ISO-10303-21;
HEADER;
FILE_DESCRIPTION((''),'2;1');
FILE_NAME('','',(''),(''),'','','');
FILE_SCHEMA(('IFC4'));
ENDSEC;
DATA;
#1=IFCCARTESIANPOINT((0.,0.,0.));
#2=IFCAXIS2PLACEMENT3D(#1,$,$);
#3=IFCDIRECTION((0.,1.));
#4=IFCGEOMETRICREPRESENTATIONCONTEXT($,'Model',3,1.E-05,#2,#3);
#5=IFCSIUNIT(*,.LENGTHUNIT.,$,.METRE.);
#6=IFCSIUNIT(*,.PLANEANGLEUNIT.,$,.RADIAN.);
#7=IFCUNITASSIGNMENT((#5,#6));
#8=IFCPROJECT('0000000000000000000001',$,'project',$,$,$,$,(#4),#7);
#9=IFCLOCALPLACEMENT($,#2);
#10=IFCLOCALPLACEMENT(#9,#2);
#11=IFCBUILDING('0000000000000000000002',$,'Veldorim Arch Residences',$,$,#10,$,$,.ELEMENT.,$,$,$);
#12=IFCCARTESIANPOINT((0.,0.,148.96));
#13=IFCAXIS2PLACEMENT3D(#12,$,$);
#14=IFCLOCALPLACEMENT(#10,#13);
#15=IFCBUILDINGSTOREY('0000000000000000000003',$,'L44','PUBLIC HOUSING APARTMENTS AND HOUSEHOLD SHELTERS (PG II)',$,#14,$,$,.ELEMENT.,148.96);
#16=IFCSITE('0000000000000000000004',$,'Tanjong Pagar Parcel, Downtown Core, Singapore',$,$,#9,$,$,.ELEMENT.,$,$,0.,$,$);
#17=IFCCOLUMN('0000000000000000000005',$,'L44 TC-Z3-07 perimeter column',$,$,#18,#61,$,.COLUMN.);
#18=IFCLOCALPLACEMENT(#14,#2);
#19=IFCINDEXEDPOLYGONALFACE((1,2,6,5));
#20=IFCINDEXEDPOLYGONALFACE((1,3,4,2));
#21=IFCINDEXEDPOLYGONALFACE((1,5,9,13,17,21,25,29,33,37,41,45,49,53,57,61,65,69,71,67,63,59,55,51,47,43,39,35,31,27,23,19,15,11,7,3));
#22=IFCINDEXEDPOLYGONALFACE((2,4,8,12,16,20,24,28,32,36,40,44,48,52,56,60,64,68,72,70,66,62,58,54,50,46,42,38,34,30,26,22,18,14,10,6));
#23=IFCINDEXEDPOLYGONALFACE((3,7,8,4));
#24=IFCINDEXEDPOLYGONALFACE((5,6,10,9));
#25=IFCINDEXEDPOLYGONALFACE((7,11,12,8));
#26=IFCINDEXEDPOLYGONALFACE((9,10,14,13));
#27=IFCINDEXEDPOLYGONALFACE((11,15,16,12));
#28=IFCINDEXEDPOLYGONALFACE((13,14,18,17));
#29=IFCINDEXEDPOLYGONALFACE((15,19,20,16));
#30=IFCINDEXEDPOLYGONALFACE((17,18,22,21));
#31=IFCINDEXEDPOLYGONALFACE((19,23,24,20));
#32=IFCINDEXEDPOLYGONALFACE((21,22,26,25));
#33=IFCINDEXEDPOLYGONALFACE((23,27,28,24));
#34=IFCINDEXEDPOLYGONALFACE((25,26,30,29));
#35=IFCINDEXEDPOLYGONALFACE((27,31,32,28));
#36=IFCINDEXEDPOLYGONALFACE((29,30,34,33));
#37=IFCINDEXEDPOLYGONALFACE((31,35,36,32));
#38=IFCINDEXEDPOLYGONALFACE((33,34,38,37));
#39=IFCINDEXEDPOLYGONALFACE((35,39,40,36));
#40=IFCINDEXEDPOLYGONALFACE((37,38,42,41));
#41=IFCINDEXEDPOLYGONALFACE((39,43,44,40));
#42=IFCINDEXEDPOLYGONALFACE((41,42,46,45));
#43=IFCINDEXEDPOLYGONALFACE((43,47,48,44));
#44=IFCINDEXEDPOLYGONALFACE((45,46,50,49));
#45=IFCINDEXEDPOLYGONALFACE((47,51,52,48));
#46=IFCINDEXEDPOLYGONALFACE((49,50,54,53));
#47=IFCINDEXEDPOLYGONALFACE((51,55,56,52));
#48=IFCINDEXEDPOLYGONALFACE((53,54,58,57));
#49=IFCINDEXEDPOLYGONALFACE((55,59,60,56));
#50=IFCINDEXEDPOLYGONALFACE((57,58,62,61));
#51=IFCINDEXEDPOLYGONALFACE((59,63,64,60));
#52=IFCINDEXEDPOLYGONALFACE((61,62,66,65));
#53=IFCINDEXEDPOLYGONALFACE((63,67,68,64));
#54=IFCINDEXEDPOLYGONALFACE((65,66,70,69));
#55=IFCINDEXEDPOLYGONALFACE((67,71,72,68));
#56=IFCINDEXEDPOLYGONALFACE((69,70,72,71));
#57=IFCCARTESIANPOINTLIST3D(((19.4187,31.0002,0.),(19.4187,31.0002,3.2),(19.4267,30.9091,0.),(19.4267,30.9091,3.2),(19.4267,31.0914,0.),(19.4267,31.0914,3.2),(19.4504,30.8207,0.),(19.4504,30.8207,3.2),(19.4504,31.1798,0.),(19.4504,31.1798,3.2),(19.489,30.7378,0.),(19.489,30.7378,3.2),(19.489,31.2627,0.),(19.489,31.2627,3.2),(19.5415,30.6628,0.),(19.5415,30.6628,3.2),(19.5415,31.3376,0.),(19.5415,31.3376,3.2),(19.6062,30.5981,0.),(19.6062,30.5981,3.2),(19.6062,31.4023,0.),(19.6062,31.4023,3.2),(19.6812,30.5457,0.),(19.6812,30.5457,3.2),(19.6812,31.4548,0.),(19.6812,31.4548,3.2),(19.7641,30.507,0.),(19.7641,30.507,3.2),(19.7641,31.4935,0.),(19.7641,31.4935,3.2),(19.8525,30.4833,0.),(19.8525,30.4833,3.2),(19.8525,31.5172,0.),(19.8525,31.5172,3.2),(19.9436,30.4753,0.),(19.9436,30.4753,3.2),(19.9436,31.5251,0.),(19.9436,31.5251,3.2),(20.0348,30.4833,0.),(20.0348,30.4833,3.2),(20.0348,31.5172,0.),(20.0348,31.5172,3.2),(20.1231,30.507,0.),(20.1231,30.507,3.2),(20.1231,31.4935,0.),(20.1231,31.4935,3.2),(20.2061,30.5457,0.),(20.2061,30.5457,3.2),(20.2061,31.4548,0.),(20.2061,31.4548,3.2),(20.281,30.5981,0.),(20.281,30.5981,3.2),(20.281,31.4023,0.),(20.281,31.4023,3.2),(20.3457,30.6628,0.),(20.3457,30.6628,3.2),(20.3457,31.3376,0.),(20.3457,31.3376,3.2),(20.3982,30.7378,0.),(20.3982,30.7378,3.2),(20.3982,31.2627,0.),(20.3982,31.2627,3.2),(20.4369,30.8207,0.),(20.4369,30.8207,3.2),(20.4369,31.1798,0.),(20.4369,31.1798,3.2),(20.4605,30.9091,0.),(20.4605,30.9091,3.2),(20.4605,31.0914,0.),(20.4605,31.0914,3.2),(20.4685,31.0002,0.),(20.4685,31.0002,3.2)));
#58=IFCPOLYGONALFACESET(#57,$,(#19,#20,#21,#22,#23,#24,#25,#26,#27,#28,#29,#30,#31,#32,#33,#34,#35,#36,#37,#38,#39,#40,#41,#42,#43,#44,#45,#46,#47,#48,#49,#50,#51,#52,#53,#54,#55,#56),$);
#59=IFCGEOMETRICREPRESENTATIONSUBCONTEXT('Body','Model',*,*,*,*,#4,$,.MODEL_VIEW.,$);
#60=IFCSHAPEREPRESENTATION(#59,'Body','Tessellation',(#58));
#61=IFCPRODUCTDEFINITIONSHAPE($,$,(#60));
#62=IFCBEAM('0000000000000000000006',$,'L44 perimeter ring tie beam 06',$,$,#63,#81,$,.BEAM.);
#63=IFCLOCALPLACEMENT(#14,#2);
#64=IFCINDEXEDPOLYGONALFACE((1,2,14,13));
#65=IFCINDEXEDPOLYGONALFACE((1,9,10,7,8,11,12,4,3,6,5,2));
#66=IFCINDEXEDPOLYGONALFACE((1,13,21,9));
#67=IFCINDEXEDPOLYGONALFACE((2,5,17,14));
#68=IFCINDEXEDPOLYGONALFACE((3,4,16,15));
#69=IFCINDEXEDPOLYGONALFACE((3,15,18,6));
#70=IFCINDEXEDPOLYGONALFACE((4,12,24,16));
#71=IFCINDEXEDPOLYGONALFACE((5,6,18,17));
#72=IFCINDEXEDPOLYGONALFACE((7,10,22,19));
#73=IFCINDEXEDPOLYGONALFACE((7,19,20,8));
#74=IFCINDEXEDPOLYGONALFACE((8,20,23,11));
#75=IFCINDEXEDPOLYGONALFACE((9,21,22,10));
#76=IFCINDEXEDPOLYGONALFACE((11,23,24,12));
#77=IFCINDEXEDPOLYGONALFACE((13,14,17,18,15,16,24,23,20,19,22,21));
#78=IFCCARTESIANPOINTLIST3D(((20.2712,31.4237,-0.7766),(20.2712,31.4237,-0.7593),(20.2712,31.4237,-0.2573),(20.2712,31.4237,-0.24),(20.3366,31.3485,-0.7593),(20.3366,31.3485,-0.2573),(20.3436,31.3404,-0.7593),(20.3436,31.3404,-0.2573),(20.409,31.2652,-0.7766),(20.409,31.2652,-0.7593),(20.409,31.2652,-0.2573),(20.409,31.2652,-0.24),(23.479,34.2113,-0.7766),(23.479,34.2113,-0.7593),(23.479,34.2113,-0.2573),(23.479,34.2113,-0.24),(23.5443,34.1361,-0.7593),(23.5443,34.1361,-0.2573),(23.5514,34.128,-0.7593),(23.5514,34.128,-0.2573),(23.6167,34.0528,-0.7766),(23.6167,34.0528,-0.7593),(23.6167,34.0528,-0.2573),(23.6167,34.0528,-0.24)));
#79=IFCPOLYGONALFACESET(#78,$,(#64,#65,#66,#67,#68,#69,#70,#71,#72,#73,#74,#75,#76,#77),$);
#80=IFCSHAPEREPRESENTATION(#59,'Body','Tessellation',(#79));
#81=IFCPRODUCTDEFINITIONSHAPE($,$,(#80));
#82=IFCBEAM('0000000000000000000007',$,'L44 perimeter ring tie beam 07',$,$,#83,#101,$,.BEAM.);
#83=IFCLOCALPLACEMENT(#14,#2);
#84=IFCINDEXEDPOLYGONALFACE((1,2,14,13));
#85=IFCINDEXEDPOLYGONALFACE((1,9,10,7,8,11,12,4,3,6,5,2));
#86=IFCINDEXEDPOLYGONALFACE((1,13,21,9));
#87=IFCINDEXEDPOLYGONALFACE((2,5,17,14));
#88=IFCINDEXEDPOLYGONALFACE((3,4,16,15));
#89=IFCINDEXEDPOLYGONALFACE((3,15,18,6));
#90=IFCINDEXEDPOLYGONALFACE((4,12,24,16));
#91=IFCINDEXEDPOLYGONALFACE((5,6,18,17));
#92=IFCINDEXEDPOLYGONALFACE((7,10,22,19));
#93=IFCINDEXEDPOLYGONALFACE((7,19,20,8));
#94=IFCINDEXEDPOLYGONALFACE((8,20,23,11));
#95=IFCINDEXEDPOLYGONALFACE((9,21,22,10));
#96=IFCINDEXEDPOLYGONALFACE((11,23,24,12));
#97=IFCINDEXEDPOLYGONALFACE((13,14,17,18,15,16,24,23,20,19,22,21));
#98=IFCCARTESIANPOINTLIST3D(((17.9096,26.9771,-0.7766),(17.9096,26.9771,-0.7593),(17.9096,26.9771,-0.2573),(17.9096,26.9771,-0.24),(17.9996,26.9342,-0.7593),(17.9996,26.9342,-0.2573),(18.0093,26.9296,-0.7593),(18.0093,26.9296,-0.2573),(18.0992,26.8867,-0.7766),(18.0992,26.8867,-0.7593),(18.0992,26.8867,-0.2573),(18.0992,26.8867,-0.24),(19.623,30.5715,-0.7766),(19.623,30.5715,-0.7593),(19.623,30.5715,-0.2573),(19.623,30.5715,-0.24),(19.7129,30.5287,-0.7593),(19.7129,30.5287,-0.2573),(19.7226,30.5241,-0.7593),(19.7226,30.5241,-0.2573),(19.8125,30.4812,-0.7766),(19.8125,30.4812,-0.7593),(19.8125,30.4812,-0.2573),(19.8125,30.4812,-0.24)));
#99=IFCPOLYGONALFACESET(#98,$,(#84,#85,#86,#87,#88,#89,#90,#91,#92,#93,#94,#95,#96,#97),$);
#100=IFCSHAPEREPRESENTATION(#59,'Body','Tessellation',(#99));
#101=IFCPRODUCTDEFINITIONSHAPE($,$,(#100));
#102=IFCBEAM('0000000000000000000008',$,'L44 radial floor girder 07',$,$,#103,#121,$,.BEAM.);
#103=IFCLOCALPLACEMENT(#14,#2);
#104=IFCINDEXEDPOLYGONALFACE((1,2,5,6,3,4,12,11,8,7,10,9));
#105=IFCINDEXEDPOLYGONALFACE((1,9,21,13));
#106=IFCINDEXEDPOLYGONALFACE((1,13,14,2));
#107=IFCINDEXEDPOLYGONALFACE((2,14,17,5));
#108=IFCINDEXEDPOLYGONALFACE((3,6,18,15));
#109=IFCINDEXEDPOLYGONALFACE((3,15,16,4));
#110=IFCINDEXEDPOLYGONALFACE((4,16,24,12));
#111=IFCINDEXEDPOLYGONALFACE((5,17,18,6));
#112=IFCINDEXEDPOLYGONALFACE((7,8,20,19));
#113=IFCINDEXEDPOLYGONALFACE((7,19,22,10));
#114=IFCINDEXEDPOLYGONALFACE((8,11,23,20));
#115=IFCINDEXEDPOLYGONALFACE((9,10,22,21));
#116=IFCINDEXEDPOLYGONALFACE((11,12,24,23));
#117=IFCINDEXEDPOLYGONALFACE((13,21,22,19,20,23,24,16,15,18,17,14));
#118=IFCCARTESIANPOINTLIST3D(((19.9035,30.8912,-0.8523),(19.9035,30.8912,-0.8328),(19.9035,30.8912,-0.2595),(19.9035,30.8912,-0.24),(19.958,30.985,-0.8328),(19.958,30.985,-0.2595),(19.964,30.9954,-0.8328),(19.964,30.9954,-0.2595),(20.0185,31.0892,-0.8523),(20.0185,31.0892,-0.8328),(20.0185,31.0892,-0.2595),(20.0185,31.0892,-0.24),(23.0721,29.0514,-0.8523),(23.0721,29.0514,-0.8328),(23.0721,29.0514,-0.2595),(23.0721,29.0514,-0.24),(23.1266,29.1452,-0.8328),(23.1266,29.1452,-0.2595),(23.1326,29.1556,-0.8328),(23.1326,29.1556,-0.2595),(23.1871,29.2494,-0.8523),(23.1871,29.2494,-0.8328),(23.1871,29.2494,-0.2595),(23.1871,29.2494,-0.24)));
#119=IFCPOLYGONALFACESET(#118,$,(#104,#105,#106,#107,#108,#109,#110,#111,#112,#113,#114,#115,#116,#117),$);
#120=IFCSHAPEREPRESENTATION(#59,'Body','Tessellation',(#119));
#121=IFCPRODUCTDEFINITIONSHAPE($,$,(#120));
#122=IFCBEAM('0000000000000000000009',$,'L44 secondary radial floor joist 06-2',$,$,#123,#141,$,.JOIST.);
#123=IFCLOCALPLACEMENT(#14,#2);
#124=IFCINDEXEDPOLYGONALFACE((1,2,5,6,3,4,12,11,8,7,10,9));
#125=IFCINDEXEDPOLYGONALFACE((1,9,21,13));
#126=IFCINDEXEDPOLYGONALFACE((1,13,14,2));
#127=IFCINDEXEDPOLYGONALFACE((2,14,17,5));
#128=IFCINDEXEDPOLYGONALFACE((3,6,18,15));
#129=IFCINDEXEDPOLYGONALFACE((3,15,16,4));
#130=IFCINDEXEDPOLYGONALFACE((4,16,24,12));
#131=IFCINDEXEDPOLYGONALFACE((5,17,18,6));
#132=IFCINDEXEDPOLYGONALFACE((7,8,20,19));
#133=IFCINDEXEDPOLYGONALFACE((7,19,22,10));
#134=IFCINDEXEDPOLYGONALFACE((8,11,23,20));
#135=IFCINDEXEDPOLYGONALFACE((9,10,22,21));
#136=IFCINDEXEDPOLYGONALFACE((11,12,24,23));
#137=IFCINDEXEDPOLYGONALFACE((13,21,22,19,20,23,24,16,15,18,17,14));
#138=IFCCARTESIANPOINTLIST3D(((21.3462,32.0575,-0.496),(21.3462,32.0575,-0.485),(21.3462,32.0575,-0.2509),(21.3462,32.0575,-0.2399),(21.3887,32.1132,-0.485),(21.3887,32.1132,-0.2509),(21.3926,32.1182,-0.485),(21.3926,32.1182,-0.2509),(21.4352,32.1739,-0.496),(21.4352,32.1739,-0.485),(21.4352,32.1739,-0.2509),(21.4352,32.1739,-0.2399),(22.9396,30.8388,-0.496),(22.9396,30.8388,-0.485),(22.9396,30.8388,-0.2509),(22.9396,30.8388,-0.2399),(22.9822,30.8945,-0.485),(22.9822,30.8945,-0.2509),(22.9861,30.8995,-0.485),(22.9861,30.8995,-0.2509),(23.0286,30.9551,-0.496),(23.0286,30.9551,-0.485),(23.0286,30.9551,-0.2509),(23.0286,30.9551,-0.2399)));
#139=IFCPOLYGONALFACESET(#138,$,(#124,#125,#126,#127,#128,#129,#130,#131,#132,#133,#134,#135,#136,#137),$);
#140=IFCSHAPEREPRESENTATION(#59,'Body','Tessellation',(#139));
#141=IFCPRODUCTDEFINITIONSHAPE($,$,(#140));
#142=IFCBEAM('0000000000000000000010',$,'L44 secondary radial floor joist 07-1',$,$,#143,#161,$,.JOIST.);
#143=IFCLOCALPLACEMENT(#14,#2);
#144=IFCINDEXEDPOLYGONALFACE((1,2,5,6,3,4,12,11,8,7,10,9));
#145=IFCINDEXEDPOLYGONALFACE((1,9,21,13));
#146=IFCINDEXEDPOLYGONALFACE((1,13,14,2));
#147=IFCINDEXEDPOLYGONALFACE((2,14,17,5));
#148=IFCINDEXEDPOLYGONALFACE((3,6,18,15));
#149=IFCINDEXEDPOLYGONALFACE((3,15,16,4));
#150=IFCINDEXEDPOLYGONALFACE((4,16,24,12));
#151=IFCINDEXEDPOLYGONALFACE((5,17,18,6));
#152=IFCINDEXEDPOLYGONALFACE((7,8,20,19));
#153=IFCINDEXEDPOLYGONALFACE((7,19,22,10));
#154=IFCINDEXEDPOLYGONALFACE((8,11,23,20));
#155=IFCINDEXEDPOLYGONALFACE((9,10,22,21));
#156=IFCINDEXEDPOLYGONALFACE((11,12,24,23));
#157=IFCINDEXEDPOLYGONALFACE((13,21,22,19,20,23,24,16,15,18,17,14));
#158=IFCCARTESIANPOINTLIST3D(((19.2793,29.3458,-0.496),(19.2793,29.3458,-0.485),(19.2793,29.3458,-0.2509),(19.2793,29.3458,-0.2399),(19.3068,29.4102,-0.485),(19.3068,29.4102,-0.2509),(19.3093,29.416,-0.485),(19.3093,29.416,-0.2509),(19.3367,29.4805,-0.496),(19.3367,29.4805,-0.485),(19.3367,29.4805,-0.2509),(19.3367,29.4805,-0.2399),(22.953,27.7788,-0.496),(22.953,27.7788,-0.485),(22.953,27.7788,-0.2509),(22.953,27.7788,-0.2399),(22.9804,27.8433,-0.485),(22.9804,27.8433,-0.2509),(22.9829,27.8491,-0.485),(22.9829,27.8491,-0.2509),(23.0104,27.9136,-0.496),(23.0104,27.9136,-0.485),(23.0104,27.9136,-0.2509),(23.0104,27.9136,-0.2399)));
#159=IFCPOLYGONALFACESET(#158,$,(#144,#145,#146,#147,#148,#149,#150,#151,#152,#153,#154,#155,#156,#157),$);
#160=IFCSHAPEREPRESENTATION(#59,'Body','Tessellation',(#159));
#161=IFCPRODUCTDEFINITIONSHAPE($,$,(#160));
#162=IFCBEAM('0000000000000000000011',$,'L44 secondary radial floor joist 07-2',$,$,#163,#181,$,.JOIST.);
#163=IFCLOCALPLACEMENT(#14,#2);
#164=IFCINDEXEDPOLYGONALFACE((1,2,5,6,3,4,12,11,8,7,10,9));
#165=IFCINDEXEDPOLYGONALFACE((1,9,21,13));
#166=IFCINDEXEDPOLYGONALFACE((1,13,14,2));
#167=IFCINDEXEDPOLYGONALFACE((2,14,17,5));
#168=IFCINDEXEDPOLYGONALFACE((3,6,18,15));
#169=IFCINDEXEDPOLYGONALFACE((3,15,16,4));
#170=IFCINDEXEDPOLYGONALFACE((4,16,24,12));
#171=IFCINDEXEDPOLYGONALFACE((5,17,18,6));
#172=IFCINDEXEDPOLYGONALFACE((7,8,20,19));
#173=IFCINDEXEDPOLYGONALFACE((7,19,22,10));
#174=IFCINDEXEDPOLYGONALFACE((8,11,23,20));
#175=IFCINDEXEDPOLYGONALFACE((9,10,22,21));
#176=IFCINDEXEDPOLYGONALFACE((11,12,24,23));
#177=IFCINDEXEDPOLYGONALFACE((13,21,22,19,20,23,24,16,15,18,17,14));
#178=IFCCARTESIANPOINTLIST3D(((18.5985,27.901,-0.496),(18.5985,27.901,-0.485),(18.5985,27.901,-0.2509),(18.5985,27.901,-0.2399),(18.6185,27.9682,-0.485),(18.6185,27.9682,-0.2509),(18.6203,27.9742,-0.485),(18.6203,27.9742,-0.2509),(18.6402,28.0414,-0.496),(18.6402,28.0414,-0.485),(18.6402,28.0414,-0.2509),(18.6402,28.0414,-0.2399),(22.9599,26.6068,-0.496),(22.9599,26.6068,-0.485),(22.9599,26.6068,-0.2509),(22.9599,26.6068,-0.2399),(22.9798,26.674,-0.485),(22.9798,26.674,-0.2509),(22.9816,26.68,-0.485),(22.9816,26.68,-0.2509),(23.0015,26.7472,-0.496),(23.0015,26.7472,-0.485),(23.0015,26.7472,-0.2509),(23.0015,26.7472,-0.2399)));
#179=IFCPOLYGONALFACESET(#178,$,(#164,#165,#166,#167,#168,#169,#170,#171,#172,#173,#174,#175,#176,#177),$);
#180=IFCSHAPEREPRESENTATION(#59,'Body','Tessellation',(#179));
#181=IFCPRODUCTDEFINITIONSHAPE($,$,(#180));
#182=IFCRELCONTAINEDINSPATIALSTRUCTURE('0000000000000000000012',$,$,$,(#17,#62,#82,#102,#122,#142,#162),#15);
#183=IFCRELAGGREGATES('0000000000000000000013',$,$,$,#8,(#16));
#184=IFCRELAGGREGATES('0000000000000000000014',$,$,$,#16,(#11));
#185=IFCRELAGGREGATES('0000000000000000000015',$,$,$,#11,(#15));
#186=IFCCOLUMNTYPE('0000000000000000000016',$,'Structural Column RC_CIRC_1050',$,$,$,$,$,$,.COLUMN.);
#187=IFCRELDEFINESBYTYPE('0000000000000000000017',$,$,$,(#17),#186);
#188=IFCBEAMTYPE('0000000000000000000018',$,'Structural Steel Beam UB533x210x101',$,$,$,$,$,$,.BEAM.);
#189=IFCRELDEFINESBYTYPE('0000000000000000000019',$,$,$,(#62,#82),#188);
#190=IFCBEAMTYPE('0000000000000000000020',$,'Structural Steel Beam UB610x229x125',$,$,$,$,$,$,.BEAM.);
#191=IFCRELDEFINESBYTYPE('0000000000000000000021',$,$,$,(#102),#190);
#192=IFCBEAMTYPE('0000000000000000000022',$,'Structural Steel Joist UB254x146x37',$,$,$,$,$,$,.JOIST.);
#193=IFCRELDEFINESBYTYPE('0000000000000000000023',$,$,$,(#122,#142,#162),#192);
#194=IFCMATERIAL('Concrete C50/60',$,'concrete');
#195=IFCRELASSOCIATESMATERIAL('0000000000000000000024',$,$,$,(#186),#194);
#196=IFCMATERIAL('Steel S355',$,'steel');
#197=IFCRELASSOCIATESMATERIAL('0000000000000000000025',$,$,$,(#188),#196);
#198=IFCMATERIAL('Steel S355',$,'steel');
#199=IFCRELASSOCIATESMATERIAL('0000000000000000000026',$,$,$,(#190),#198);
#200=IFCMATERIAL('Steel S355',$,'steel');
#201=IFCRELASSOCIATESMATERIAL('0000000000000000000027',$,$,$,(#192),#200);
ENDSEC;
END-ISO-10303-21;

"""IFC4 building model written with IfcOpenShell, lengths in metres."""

from ifc_helpers import new_model, si_unit, direction, frame, origin, origin_2d, place, context, subcontext, project, spatial, circle, i_section, extrude, material, material_profile, profile_set, type_object, element, save


model = new_model("IFC4")

# Units and contexts
model_context = context("Model", 3, precision=1e-05, world=origin(), true_north=direction((0.0, 1.0)))
body_context = subcontext(model_context, "Body", "Model", "MODEL_VIEW")
ifc_project = project(units=[si_unit("LENGTHUNIT", "METRE"), si_unit("PLANEANGLEUNIT", "RADIAN")], contexts=[model_context])

# Site, building, storey
site_placement = place(None, origin())
site = spatial("IfcSite", under=ifc_project, at=site_placement, Name="Tanjong Pagar Parcel, Downtown Core, Singapore", CompositionType="ELEMENT", RefElevation=0.0)
building_placement = place(site_placement, origin())
building = spatial("IfcBuilding", under=site, at=building_placement, Name="Veldorim Arch Residences", CompositionType="ELEMENT")
storey_placement = place(building_placement, frame((0.0, 0.0, 148.96)))
storey = spatial("IfcBuildingStorey", under=building, at=storey_placement, Name="L44", Description="PUBLIC HOUSING APARTMENTS AND HOUSEHOLD SHELTERS (PG II)", CompositionType="ELEMENT", Elevation=148.96)

# Column
ifc_material_1 = material(Name="Concrete C50/60", Category="concrete")
ifc_material_profile_1 = material_profile(ifc_material_1, circle(Radius=0.5249, at=origin_2d()), Name="RC_CIRC_1050")
ifc_profile_set_1 = profile_set([ifc_material_profile_1], Name="Concrete C50/60")
column_type = type_object("IfcColumnType", Name="Structural Column RC_CIRC_1050", PredefinedType="COLUMN", material=ifc_profile_set_1)
column_placement = place(storey_placement, frame((19.9436, 31.0002, 0.0), z_axis=(0.0, 0.0, 1.0), x_axis=(1.0, 0.0, 0.0)))
element("IfcColumn", 1, at=column_placement, inside=storey, type_object=column_type, Name="L44 TC-Z3-07 perimeter column", PredefinedType="COLUMN", context=body_context, shape_type="SweptSolid", body=[
    extrude(circle(Radius=0.5249, at=origin_2d()), origin(), (0.0, 0.0, 1.0), 3.2),
])

# Beams
ifc_material_2 = material(Name="Steel S355", Category="steel")
ifc_material_profile_2 = material_profile(ifc_material_2, i_section(OverallWidth=0.21, OverallDepth=0.5366, WebThickness=0.0107, FlangeThickness=0.0173, at=origin_2d()), Name="UB533x210x101")
ifc_profile_set_2 = profile_set([ifc_material_profile_2], Name="Steel S355")
beam_type_1 = type_object("IfcBeamType", Name="Structural Steel Beam UB533x210x101", PredefinedType="BEAM", material=ifc_profile_set_2)
beam_1_placement = place(storey_placement, frame((23.5479, 34.1321, -0.5083), z_axis=(-0.754811, -0.655943, 0.0), x_axis=(0.655943, -0.754811, 0.0)))
element("IfcBeam", 2, at=beam_1_placement, inside=storey, type_object=beam_type_1, Name="L44 perimeter ring tie beam 06", PredefinedType="BEAM", context=body_context, shape_type="SweptSolid", body=[
    extrude(i_section(OverallWidth=0.21, OverallDepth=0.5366, WebThickness=0.0107, FlangeThickness=0.0173, at=origin_2d()), origin(), (0.0, 0.0, 1.0), 4.2498),
])
beam_2_placement = place(storey_placement, frame((19.7178, 30.5264, -0.5083), z_axis=(-0.430286, -0.902693, 0.0), x_axis=(0.902693, -0.430286, 0.0)))
element("IfcBeam", 3, at=beam_2_placement, inside=storey, type_object=beam_type_1, Name="L44 perimeter ring tie beam 07", PredefinedType="BEAM", context=body_context, shape_type="SweptSolid", body=[
    extrude(i_section(OverallWidth=0.21, OverallDepth=0.5366, WebThickness=0.0107, FlangeThickness=0.0173, at=origin_2d()), origin(), (0.0, 0.0, 1.0), 3.9819),
])
ifc_material_3 = material(Name="Steel S355", Category="steel")
ifc_material_profile_3 = material_profile(ifc_material_3, i_section(OverallWidth=0.229, OverallDepth=0.6123, WebThickness=0.012, FlangeThickness=0.0195, at=origin_2d()), Name="UB610x229x125")
ifc_profile_set_3 = profile_set([ifc_material_profile_3], Name="Steel S355")
beam_type_2 = type_object("IfcBeamType", Name="Structural Steel Beam UB610x229x125", PredefinedType="BEAM", material=ifc_profile_set_3)
beam_3_placement = place(storey_placement, frame((23.1296, 29.1504, -0.5461), z_axis=(-0.864795, 0.502126, 0.0), x_axis=(-0.502126, -0.864795, 0.0)))
element("IfcBeam", 4, at=beam_3_placement, inside=storey, type_object=beam_type_2, Name="L44 radial floor girder 07", PredefinedType="BEAM", context=body_context, shape_type="SweptSolid", body=[
    extrude(i_section(OverallWidth=0.229, OverallDepth=0.6123, WebThickness=0.012, FlangeThickness=0.0195, at=origin_2d()), origin(), (0.0, 0.0, 1.0), 3.6641),
])
ifc_material_4 = material(Name="Steel S355", Category="steel")
ifc_material_profile_4 = material_profile(ifc_material_4, i_section(OverallWidth=0.1465, OverallDepth=0.2561, WebThickness=0.0063, FlangeThickness=0.011, at=origin_2d()), Name="UB254x146x37")
ifc_profile_set_4 = profile_set([ifc_material_profile_4], Name="Steel S355")
beam_type_3 = type_object("IfcBeamType", Name="Structural Steel Joist UB254x146x37", PredefinedType="JOIST", material=ifc_profile_set_4)
beam_4_placement = place(storey_placement, frame((22.9841, 30.897, -0.3679), z_axis=(-0.794313, 0.607509, 0.0), x_axis=(-0.607509, -0.794313, 0.0)))
element("IfcBeam", 5, at=beam_4_placement, inside=storey, type_object=beam_type_3, Name="L44 secondary radial floor joist 06-2", PredefinedType="JOIST", context=body_context, shape_type="SweptSolid", body=[
    extrude(i_section(OverallWidth=0.1465, OverallDepth=0.2561, WebThickness=0.0063, FlangeThickness=0.011, at=origin_2d()), origin(), (0.0, 0.0, 1.0), 2.0061),
])
beam_5_placement = place(storey_placement, frame((22.9817, 27.8462, -0.3679), z_axis=(-0.919823, 0.392332, 0.0), x_axis=(-0.392332, -0.919823, 0.0)))
element("IfcBeam", 6, at=beam_5_placement, inside=storey, type_object=beam_type_3, Name="L44 secondary radial floor joist 07-1", PredefinedType="JOIST", context=body_context, shape_type="SweptSolid", body=[
    extrude(i_section(OverallWidth=0.1465, OverallDepth=0.2561, WebThickness=0.0063, FlangeThickness=0.011, at=origin_2d()), origin(), (0.0, 0.0, 1.0), 3.9939),
])
beam_6_placement = place(storey_placement, frame((22.9807, 26.677, -0.3679), z_axis=(-0.958682, 0.284481, 0.0), x_axis=(-0.284481, -0.958682, 0.0)))
element("IfcBeam", 7, at=beam_6_placement, inside=storey, type_object=beam_type_3, Name="L44 secondary radial floor joist 07-2", PredefinedType="JOIST", context=body_context, shape_type="SweptSolid", body=[
    extrude(i_section(OverallWidth=0.1465, OverallDepth=0.2561, WebThickness=0.0063, FlangeThickness=0.011, at=origin_2d()), origin(), (0.0, 0.0, 1.0), 4.5493),
])

save(model, "model.ifc")
